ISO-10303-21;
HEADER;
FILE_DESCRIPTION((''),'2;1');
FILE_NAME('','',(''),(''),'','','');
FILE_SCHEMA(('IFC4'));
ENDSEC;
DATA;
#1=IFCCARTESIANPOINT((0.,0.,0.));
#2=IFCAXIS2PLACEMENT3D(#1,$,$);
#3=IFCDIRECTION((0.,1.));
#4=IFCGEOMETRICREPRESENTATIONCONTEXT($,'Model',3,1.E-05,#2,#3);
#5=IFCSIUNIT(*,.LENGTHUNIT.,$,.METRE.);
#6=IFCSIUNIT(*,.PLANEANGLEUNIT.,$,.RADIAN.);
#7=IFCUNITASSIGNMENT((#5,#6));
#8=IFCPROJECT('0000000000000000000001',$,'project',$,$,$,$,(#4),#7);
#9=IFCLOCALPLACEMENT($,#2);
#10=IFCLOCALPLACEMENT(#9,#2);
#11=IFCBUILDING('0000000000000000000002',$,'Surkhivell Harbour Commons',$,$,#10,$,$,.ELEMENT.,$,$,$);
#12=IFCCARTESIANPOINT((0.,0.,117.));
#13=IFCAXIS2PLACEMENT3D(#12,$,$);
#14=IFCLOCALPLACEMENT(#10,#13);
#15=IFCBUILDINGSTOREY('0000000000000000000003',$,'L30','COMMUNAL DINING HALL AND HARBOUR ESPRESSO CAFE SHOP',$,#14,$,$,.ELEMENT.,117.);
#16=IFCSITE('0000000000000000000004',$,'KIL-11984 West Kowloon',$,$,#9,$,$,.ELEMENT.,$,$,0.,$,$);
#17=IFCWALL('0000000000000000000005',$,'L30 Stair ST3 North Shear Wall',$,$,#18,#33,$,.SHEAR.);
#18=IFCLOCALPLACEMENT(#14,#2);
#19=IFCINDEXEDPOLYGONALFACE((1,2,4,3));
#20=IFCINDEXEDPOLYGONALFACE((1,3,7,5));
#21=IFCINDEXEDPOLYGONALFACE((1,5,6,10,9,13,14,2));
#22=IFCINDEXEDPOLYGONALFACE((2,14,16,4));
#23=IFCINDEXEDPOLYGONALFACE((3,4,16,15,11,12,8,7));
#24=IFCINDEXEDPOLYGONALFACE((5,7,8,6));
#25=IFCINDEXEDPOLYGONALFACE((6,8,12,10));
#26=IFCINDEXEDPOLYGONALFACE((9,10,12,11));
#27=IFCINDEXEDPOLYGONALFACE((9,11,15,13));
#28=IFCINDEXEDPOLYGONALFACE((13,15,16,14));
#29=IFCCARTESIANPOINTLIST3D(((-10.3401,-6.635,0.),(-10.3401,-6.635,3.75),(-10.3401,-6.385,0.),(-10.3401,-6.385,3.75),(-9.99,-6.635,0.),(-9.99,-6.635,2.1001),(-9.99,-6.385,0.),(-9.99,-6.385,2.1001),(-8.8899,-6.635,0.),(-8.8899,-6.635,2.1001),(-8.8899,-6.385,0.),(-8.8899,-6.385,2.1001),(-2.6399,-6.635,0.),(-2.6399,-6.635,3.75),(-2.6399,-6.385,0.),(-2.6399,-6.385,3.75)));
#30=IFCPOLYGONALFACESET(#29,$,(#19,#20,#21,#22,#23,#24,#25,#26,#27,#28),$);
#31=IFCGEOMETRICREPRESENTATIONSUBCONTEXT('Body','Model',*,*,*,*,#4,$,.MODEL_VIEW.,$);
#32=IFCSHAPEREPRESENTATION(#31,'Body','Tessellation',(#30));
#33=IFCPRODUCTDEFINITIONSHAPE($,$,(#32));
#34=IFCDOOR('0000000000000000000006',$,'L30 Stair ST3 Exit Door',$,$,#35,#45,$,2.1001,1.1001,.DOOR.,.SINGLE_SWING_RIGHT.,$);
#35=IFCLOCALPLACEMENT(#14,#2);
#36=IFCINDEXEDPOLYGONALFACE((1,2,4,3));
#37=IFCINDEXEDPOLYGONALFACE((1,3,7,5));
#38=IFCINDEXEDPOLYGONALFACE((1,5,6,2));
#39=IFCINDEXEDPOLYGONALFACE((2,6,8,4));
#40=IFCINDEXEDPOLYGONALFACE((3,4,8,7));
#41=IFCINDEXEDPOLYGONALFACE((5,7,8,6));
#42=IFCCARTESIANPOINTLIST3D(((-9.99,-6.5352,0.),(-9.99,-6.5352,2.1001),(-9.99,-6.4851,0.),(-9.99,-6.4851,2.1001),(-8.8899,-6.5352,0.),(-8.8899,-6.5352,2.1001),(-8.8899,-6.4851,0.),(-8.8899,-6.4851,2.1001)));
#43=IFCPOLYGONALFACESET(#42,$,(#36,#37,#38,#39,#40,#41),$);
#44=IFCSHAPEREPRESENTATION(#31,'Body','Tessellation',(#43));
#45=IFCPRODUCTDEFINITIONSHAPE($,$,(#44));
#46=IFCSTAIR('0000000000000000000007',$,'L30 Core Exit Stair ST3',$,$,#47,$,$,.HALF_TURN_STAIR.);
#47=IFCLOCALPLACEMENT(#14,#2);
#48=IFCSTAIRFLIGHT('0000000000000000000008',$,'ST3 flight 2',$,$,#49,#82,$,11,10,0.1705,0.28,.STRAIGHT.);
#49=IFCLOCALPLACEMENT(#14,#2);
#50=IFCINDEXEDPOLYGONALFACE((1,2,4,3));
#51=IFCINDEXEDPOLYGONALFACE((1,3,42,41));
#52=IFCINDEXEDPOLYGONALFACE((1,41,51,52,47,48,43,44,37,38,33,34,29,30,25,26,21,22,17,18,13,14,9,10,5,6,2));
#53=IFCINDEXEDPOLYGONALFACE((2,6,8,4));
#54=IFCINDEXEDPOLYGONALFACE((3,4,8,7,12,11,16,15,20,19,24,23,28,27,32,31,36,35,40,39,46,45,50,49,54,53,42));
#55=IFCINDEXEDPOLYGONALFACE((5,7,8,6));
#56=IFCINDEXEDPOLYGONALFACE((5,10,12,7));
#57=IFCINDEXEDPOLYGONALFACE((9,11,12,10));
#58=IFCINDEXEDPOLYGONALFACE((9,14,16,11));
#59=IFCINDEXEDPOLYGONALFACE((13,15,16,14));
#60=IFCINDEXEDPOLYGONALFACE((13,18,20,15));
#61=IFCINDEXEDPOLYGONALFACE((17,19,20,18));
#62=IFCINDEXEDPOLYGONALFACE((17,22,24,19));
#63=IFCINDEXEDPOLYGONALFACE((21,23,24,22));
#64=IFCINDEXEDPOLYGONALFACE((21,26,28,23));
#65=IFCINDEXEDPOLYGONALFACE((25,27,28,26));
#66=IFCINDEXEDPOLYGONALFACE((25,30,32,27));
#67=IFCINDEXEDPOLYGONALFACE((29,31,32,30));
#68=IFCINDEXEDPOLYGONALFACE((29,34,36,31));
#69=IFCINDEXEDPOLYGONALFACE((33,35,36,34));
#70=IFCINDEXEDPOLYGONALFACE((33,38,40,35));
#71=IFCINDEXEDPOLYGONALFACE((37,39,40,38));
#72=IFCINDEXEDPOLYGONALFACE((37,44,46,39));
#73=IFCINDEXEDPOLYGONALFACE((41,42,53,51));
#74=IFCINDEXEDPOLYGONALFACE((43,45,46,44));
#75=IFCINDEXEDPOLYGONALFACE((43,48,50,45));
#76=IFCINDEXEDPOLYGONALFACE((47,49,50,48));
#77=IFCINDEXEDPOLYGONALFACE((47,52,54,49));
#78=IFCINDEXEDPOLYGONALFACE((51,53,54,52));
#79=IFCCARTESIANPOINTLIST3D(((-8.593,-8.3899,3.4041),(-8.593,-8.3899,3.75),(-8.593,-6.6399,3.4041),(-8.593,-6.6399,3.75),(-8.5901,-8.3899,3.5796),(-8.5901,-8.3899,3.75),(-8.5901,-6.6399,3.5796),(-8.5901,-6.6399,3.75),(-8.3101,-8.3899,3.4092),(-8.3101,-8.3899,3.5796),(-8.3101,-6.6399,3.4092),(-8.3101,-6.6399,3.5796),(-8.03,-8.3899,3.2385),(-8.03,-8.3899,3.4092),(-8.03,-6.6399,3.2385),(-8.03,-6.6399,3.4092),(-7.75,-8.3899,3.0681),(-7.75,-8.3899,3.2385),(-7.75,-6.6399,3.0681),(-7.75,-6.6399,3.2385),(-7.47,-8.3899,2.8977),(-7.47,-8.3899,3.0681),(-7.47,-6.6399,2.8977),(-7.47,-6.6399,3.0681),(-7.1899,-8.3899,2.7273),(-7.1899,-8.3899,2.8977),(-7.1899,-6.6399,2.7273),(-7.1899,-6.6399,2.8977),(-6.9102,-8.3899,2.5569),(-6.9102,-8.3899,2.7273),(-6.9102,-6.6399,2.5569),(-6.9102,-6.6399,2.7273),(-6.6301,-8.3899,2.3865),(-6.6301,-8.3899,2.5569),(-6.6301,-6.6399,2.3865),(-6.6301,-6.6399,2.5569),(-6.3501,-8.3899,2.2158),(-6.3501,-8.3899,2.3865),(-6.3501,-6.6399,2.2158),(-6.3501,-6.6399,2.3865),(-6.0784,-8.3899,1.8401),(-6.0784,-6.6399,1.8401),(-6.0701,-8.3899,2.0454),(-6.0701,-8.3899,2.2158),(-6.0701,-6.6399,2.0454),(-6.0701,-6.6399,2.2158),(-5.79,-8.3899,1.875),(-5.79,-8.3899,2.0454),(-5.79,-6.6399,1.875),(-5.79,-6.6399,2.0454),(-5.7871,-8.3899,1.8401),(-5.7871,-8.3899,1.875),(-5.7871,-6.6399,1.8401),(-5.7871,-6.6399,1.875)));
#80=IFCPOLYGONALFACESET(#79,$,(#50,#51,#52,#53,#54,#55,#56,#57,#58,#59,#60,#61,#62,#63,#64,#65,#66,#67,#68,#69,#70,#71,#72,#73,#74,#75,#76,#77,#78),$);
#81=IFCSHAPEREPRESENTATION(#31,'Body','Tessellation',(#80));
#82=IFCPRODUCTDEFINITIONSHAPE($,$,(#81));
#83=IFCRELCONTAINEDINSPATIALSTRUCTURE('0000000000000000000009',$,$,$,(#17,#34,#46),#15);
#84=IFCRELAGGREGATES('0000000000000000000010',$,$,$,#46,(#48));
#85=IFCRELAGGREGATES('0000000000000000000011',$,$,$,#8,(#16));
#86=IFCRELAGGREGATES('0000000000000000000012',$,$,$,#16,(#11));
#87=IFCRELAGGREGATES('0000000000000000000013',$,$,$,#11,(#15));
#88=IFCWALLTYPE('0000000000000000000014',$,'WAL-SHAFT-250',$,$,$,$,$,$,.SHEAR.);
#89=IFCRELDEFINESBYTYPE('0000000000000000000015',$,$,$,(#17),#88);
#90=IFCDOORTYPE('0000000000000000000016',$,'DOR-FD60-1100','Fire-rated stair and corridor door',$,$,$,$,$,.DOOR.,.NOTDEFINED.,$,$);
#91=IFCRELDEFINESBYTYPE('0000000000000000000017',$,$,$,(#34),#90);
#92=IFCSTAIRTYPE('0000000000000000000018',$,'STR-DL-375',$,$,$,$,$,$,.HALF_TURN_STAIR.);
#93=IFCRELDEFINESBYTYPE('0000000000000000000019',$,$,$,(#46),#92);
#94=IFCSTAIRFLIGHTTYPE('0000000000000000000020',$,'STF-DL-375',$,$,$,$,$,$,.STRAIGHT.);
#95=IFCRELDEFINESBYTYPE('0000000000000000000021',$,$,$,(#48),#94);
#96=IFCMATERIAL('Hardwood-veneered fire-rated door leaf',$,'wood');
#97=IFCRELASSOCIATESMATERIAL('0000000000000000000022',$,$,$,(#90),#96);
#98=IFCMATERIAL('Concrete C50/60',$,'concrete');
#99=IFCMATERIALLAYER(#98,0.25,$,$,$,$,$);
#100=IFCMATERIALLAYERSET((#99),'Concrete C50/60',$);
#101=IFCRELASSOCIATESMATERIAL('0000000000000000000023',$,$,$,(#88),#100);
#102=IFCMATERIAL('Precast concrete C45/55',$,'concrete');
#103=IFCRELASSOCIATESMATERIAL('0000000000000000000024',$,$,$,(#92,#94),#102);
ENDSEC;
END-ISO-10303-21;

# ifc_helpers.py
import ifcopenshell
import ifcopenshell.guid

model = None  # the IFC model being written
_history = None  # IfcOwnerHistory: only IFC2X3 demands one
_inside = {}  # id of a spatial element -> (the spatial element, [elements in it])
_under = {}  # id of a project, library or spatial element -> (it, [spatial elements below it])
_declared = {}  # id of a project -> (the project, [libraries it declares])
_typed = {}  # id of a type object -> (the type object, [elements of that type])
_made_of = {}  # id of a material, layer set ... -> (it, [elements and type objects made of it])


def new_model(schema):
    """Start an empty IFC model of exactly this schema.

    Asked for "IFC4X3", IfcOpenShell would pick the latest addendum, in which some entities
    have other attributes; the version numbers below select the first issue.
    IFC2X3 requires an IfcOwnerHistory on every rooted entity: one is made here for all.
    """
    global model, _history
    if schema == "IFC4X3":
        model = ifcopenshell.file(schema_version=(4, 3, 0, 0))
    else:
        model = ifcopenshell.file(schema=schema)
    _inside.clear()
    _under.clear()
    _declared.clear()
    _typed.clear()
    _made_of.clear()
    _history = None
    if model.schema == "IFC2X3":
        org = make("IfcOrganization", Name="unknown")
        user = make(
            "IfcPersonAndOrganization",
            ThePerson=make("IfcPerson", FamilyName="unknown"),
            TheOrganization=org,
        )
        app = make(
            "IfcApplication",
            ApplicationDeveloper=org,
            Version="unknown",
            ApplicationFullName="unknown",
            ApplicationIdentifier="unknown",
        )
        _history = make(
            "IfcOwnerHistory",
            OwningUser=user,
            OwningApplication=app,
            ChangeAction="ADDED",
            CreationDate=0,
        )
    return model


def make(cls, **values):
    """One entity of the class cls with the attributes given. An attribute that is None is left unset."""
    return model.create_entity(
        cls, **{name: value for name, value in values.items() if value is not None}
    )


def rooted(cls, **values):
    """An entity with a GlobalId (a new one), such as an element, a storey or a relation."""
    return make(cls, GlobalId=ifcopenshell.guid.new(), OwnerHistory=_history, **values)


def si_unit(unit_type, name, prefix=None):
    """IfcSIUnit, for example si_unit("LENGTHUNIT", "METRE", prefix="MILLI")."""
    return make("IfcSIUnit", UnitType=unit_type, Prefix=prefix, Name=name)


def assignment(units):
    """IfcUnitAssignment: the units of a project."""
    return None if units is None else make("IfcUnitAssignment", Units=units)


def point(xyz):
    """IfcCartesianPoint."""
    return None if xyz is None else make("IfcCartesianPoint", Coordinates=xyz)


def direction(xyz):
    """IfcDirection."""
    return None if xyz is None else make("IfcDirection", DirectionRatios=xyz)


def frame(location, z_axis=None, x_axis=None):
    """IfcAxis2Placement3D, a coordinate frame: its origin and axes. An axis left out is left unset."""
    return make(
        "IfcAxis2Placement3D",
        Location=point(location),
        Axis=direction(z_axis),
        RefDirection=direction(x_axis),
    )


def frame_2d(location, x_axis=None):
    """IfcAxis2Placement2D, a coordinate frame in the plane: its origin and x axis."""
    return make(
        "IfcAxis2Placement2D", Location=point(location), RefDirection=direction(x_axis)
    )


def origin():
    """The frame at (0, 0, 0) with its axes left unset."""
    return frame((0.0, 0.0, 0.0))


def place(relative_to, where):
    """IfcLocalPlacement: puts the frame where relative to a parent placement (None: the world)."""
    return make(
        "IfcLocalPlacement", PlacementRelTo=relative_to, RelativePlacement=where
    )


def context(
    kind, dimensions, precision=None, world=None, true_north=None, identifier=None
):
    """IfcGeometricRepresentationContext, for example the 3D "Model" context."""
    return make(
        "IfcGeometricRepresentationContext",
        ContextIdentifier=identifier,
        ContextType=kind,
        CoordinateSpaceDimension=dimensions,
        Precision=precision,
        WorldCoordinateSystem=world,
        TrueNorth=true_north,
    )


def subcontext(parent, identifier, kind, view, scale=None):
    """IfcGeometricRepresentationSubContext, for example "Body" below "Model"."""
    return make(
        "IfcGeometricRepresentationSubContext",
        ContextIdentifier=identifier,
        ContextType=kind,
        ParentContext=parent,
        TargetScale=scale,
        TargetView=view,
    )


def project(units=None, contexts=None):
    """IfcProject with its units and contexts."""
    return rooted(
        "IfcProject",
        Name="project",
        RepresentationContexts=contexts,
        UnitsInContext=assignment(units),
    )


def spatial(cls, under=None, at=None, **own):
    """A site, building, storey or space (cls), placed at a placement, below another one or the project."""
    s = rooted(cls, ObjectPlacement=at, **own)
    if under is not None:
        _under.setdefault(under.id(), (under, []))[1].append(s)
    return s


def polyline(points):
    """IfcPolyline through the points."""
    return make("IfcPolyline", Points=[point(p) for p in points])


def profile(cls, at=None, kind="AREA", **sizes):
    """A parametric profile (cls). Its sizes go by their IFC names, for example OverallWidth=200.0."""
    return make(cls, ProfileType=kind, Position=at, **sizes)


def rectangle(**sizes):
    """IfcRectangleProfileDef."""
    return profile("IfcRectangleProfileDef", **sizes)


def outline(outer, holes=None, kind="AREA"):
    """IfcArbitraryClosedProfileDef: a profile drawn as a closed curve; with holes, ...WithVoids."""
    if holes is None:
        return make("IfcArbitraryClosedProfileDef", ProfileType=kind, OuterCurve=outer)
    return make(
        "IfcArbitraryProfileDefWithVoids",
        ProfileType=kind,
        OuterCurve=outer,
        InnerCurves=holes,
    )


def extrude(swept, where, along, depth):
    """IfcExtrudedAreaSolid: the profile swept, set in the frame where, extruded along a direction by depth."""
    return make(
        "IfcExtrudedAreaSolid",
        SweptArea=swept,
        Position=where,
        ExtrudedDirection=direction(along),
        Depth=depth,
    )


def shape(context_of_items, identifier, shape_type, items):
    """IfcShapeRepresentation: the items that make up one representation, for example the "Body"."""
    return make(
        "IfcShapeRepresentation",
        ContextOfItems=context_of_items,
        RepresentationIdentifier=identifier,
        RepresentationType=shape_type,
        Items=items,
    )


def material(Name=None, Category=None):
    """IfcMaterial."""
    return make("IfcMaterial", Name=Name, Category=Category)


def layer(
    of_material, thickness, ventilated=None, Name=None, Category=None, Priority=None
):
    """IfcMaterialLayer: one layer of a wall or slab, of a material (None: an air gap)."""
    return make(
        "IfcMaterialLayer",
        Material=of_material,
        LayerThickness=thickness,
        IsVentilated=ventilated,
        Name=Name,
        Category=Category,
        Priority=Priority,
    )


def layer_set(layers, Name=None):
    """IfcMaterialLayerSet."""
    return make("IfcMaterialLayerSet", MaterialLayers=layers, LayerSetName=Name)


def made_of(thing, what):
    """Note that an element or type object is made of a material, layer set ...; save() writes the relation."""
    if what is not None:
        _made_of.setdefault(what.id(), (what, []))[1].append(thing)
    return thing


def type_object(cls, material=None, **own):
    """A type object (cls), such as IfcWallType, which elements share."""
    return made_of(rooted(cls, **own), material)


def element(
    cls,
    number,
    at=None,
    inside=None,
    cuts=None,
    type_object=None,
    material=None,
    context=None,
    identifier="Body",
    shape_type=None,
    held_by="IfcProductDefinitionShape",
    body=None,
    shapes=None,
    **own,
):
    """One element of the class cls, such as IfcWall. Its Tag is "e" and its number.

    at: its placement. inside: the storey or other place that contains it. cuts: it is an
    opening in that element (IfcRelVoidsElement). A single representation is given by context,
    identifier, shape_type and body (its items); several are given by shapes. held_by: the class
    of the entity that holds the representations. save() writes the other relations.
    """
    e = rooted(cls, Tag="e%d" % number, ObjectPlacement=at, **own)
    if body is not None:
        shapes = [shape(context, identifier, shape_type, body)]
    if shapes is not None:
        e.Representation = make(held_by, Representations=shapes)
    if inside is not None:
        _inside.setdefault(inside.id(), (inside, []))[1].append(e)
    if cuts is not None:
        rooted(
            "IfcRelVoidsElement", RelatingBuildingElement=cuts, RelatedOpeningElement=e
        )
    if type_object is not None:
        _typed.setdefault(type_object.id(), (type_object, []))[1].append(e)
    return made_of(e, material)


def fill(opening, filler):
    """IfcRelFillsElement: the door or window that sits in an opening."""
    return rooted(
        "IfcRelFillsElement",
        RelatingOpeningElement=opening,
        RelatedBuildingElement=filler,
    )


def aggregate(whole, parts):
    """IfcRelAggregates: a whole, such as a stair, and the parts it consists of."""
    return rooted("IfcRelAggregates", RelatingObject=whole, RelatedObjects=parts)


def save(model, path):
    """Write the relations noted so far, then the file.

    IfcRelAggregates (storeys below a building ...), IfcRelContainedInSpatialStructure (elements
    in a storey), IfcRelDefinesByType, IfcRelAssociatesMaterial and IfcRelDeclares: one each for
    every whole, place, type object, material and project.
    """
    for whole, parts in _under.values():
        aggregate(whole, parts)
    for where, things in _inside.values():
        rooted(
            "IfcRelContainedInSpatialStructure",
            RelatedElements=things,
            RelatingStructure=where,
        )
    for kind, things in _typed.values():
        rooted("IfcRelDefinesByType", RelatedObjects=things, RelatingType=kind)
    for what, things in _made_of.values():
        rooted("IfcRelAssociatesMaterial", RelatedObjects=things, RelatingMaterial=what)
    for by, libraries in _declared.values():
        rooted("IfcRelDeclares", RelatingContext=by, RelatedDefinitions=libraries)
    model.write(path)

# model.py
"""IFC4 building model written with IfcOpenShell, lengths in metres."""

from ifc_helpers import new_model, si_unit, direction, frame, frame_2d, origin, place, context, subcontext, project, spatial, polyline, rectangle, outline, extrude, material, layer, layer_set, type_object, element, fill, aggregate, save


model = new_model("IFC4")

# Units and contexts
model_context = context("Model", 3, precision=1e-05, world=origin(), true_north=direction((0.0, 1.0)))
body_context = subcontext(model_context, "Body", "Model", "MODEL_VIEW")
ifc_project = project(units=[si_unit("LENGTHUNIT", "METRE"), si_unit("PLANEANGLEUNIT", "RADIAN")], contexts=[model_context])

# Site, building, storey
site_placement = place(None, origin())
site = spatial("IfcSite", under=ifc_project, at=site_placement, Name="KIL-11984 West Kowloon", CompositionType="ELEMENT", RefElevation=0.0)
building_placement = place(site_placement, origin())
building = spatial("IfcBuilding", under=site, at=building_placement, Name="Surkhivell Harbour Commons", CompositionType="ELEMENT")
storey_placement = place(building_placement, frame((0.0, 0.0, 117.0)))
storey = spatial("IfcBuildingStorey", under=building, at=storey_placement, Name="L30", Description="COMMUNAL DINING HALL AND HARBOUR ESPRESSO CAFE SHOP", CompositionType="ELEMENT", Elevation=117.0)

# Shared definitions
ifc_material_1 = material(Name="Hardwood-veneered fire-rated door leaf", Category="wood")
door_type_1 = type_object("IfcDoorType", Name="DOR-FD60-1100", Description="Fire-rated stair and corridor door", OperationType="NOTDEFINED", PredefinedType="DOOR", material=ifc_material_1)

# Shared definitions
ifc_material_2 = material(Name="Concrete C50/60", Category="concrete")
ifc_layer_1 = layer(ifc_material_2, 0.25)
ifc_layer_set_1 = layer_set([ifc_layer_1], Name="Concrete C50/60")
wall_type_1 = type_object("IfcWallType", Name="WAL-SHAFT-250", PredefinedType="SHEAR", material=ifc_layer_set_1)

# Wall, opening, door
wall_1_placement = place(storey_placement, frame((-10.3401, -6.51, 0.0), z_axis=(0.0, 0.0, 1.0), x_axis=(1.0, 0.0, 0.0)))
wall_1 = element("IfcWall", 1, at=wall_1_placement, inside=storey, type_object=wall_type_1, Name="L30 Stair ST3 North Shear Wall", PredefinedType="SHEAR", context=body_context, shape_type="SweptSolid", body=[
    extrude(rectangle(XDim=7.7002, YDim=0.25, at=frame_2d((3.8501, 0.0))), origin(), (0.0, 0.0, 1.0), 3.75),
])
opening_1_placement = place(wall_1_placement, frame((0.3501, 0.0, 0.0)))
opening_1 = element("IfcOpeningElement", 2, at=opening_1_placement, cuts=wall_1, PredefinedType="OPENING", context=body_context, shape_type="SweptSolid", body=[
    extrude(rectangle(XDim=1.1001, YDim=2.1001, at=frame_2d((0.55, 1.05))), frame((0.0, 0.135, 0.0), z_axis=(0.0, -1.0, 0.0), x_axis=(1.0, 0.0, 0.0)), (0.0, 0.0, 1.0), 0.27),
])
door_1_placement = place(opening_1_placement, origin())
door_1 = element("IfcDoor", 3, at=door_1_placement, inside=storey, type_object=door_type_1, Name="L30 Stair ST3 Exit Door", OperationType="SINGLE_SWING_RIGHT", OverallHeight=2.1001, OverallWidth=1.1001, PredefinedType="DOOR", context=body_context, shape_type="SweptSolid", body=[
    extrude(rectangle(XDim=1.1001, YDim=2.1001, at=frame_2d((0.55, 1.05))), frame((0.0, 0.0249, 0.0), z_axis=(0.0, -1.0, 0.0), x_axis=(1.0, 0.0, 0.0)), (0.0, 0.0, 1.0), 0.05),
])
fill(opening_1, door_1)

# Stair, stair flight
ifc_material_3 = material(Name="Precast concrete C45/55", Category="concrete")
stair_type = type_object("IfcStairType", Name="STR-DL-375", PredefinedType="HALF_TURN_STAIR", material=ifc_material_3)
stair_placement = place(storey_placement, origin())
stair = element("IfcStair", 4, at=stair_placement, inside=storey, type_object=stair_type, Name="L30 Core Exit Stair ST3", PredefinedType="HALF_TURN_STAIR")
stair_flight_type = type_object("IfcStairFlightType", Name="STF-DL-375", PredefinedType="STRAIGHT", material=ifc_material_3)
stair_flight_placement = place(storey_placement, frame((-5.79, -7.5149, 1.875), z_axis=(0.0, 0.0, 1.0), x_axis=(-1.0, 0.0, 0.0)))
stair_flight = element("IfcStairFlight", 5, at=stair_flight_placement, type_object=stair_flight_type, Name="ST3 flight 2", NumberOfRisers=11, NumberOfTreads=10, PredefinedType="STRAIGHT", RiserHeight=0.1705, TreadLength=0.28, context=body_context, shape_type="SweptSolid", body=[
    extrude(outline(polyline([(-0.0029, -0.0349), (-0.0029, 0.0), (0.0, 0.0), (0.0, 0.1704), (0.28, 0.1704), (0.28, 0.3408), (0.5601, 0.3408), (0.5601, 0.5115), (0.8401, 0.5115), (0.8401, 0.6819), (1.1201, 0.6819), (1.1201, 0.8523), (1.3999, 0.8523), (1.3999, 1.0227), (1.6799, 1.0227), (1.6799, 1.1931), (1.96, 1.1931), (1.96, 1.3635), (2.24, 1.3635), (2.24, 1.5342), (2.52, 1.5342), (2.52, 1.7046), (2.8, 1.7046), (2.8, 1.875), (2.803, 1.875), (2.803, 1.5291), (0.2883, -0.0349), (-0.0029, -0.0349)])), frame((0.0, 0.875, 0.0), z_axis=(0.0, -1.0, 0.0), x_axis=(1.0, 0.0, 0.0)), (0.0, 0.0, 1.0), 1.75),
])
aggregate(stair, [stair_flight])

save(model, "model.ifc")
